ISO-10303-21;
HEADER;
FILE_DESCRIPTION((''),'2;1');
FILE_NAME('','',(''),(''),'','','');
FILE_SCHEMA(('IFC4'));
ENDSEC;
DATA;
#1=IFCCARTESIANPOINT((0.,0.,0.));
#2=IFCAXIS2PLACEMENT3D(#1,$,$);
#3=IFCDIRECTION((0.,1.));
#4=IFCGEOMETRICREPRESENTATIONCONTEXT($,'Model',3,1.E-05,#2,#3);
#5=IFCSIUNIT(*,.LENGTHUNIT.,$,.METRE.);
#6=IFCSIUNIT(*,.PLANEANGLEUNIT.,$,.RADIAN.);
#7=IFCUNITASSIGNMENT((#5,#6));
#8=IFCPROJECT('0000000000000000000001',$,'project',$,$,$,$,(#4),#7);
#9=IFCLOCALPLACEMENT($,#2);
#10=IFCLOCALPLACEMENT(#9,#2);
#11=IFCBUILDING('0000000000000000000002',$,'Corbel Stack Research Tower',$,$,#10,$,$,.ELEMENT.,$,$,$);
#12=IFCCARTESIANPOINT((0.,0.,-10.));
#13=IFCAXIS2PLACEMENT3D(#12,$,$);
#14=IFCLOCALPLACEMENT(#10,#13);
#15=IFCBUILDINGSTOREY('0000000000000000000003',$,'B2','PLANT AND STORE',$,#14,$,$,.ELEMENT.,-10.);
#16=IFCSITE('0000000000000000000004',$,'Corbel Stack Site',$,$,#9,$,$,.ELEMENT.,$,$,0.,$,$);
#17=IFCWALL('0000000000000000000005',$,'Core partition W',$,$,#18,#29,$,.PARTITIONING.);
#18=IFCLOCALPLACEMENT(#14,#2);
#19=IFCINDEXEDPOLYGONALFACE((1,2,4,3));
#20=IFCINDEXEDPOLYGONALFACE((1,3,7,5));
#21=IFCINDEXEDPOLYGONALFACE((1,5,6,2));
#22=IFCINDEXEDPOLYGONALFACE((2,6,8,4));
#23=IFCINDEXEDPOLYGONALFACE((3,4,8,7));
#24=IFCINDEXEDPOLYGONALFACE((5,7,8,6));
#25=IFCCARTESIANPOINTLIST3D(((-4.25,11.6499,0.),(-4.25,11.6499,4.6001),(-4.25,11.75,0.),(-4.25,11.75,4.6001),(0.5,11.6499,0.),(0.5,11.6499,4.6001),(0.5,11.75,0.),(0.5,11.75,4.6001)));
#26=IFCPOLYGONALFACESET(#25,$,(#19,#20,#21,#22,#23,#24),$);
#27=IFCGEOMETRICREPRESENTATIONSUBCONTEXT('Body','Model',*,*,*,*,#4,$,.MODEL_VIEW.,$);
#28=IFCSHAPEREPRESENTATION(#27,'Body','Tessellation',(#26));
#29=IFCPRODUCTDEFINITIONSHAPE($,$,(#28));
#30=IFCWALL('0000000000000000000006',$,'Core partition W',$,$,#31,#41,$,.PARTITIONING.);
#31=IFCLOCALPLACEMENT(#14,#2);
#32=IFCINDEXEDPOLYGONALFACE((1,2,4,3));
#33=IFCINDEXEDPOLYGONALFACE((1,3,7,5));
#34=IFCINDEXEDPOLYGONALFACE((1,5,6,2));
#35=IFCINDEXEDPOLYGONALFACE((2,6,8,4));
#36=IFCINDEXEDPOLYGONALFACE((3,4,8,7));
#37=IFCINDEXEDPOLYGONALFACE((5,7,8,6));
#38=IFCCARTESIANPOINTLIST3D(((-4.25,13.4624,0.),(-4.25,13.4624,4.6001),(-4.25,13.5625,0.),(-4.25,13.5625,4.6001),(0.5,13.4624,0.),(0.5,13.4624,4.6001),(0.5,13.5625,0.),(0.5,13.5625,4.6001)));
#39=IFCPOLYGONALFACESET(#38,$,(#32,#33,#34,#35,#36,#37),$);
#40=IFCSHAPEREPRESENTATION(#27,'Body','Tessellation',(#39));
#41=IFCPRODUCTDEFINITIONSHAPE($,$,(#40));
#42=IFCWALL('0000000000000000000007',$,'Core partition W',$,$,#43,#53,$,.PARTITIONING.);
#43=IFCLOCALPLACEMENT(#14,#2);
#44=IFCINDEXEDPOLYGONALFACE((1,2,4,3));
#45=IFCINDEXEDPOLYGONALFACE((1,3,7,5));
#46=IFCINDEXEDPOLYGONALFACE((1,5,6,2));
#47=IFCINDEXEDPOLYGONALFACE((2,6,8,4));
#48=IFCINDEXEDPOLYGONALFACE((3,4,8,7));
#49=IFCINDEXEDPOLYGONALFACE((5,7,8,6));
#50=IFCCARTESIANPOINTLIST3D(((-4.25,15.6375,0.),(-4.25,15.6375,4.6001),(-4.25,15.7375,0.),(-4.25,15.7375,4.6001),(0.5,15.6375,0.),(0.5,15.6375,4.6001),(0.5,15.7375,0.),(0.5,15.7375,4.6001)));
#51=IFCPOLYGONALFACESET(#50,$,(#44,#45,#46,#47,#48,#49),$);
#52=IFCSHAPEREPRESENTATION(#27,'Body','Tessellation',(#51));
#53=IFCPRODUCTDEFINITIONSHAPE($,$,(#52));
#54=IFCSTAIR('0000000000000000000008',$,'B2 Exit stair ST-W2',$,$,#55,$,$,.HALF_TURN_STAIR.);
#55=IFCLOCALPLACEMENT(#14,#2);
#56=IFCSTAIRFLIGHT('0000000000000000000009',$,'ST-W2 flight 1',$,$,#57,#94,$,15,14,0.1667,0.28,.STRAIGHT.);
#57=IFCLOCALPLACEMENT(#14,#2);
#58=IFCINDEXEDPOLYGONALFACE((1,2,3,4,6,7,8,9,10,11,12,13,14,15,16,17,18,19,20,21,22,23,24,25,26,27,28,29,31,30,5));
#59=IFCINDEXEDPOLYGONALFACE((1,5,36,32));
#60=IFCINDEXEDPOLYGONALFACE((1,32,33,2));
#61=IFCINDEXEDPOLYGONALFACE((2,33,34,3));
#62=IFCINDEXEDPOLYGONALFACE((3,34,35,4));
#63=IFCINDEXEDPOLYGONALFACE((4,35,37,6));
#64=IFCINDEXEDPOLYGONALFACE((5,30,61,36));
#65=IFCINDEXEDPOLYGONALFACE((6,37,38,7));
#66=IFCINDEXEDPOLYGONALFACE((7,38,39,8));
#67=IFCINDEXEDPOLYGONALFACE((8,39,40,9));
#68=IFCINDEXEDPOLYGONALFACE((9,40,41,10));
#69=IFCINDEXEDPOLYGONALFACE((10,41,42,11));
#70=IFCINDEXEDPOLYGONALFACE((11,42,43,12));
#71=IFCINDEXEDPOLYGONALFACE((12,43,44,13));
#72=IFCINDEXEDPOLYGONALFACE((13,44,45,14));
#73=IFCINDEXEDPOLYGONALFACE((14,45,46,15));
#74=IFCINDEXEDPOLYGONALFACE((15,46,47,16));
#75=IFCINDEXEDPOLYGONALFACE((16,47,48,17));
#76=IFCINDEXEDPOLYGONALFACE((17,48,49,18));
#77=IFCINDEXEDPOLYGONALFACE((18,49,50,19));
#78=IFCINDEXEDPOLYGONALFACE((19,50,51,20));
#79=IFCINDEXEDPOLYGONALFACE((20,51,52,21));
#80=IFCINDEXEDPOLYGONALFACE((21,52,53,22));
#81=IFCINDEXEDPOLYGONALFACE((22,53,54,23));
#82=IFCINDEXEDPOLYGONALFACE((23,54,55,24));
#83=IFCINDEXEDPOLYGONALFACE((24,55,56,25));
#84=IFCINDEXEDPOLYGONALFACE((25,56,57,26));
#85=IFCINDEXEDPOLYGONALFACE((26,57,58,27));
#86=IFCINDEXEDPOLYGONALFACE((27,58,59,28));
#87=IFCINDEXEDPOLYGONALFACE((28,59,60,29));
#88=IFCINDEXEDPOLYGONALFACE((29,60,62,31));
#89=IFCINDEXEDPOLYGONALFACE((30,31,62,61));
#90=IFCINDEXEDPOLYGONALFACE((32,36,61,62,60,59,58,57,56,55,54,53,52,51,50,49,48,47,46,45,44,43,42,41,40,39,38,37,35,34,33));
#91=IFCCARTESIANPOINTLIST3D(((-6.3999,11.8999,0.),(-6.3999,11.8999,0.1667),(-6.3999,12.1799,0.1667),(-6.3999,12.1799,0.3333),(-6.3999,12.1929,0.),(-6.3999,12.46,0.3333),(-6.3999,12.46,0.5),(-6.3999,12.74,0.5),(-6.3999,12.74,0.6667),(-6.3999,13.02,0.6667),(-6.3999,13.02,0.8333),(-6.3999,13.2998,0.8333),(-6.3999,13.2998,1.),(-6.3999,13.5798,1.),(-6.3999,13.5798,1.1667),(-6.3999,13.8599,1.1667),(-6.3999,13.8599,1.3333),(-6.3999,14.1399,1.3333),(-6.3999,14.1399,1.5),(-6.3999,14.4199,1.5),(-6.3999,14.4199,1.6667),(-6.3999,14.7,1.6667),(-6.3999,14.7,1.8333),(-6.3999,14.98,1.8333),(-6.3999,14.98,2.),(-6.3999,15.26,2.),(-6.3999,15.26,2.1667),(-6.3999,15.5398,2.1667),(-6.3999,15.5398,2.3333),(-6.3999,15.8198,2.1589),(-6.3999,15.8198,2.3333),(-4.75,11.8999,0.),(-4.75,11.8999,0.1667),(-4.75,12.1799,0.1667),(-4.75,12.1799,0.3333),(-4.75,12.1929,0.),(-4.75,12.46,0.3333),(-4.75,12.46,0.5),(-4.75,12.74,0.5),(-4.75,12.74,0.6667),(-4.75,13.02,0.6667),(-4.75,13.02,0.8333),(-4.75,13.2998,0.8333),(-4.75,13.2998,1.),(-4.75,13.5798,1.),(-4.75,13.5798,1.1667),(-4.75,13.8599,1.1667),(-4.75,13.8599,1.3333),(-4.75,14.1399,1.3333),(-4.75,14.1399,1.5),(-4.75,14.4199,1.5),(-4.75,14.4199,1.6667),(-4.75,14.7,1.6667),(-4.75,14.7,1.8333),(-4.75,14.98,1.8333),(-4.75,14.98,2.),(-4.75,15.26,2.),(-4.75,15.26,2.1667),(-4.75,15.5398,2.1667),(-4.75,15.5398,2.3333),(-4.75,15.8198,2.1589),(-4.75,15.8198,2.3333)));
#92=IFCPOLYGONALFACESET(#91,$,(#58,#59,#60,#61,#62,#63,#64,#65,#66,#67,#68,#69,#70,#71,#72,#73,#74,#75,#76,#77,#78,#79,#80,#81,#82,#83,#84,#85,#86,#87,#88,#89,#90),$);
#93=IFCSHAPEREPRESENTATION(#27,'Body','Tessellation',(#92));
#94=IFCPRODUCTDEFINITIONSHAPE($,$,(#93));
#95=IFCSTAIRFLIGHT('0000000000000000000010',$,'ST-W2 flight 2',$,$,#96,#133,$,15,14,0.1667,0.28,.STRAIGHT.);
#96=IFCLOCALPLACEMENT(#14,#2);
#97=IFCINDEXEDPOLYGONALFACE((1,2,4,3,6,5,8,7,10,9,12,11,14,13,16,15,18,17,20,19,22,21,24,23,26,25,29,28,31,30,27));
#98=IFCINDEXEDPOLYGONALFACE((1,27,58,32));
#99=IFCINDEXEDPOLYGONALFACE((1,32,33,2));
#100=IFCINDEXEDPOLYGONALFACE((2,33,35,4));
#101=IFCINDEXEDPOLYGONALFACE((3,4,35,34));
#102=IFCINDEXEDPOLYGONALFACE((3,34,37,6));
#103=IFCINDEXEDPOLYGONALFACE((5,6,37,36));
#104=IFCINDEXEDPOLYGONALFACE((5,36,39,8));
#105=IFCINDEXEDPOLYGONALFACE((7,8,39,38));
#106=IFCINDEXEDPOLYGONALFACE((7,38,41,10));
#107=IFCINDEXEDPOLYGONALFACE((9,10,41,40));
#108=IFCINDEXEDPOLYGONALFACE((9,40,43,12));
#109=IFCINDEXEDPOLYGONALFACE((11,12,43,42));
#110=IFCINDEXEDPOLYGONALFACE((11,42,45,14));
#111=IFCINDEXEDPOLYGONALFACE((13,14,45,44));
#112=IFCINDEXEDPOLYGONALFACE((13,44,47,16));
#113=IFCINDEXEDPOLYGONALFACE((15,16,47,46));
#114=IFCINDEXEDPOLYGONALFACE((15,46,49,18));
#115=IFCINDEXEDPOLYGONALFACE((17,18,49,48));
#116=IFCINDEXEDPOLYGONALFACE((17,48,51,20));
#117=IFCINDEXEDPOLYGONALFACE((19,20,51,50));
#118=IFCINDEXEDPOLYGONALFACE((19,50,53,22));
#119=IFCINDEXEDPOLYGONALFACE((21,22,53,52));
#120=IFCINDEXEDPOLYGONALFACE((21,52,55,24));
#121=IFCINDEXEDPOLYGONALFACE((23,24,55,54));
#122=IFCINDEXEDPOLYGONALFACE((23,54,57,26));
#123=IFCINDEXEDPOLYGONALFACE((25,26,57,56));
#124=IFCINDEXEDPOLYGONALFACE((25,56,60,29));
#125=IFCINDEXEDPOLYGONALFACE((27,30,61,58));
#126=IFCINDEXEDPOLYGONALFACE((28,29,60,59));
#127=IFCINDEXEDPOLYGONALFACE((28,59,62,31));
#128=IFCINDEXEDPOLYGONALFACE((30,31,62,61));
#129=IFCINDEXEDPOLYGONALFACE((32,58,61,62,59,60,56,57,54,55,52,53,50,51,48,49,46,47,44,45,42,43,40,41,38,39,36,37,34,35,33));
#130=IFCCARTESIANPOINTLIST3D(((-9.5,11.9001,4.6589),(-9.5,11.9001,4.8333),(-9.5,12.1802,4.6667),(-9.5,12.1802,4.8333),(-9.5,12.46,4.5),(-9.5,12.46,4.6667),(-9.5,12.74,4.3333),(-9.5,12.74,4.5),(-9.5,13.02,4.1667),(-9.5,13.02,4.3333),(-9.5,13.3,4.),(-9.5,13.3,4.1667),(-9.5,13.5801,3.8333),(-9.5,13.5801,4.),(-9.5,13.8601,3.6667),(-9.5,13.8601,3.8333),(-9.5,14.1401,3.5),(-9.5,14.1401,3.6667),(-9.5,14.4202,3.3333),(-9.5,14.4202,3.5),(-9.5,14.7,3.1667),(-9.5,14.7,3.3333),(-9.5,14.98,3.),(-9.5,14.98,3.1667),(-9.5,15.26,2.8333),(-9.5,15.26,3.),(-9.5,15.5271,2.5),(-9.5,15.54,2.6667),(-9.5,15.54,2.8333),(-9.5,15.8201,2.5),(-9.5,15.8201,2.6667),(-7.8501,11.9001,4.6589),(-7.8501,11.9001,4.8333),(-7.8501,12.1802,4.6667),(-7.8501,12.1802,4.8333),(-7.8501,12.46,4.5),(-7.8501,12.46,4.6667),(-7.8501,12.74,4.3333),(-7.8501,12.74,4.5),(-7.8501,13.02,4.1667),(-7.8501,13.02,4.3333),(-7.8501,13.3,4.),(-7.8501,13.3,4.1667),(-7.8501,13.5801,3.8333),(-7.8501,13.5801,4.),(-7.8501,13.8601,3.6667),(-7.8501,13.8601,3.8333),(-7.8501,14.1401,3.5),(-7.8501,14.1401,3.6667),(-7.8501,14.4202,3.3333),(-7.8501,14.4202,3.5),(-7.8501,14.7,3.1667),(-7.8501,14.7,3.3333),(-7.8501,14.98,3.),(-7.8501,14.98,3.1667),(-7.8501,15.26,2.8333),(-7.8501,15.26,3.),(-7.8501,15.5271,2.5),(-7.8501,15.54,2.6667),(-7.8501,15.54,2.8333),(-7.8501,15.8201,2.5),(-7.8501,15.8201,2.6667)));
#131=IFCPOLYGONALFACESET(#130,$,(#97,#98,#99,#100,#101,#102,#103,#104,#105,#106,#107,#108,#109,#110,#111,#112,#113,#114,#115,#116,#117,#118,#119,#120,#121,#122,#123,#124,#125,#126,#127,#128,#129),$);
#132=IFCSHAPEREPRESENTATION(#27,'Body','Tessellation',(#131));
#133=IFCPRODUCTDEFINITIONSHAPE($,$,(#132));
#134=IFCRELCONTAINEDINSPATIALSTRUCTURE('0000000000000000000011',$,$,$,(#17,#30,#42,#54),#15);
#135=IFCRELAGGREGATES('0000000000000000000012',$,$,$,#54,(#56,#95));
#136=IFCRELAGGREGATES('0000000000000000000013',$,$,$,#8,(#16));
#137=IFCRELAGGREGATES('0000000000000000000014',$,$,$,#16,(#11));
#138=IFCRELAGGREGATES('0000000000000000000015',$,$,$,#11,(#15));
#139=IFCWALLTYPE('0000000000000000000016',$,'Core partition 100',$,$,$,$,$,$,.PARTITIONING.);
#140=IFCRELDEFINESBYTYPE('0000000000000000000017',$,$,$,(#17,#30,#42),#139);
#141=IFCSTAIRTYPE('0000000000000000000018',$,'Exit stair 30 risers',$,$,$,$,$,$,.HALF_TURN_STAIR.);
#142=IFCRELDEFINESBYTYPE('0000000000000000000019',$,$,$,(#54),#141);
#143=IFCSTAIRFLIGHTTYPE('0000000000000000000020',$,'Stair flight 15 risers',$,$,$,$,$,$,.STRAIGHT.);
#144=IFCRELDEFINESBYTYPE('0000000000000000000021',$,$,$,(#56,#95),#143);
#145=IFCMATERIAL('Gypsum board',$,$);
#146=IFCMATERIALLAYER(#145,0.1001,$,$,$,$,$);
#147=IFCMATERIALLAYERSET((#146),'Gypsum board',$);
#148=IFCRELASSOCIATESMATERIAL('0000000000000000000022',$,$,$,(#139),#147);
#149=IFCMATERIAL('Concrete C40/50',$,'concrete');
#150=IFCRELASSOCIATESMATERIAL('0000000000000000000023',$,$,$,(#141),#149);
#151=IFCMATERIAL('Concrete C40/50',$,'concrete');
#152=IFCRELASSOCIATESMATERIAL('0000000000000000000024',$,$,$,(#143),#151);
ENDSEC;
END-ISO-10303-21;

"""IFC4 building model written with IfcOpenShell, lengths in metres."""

from ifc_helpers import new_model, si_unit, direction, frame, frame_2d, origin, place, context, subcontext, project, spatial, polyline, rectangle, outline, extrude, material, layer, layer_set, type_object, element, aggregate, save


model = new_model("IFC4")

# Units and contexts
model_context = context("Model", 3, precision=1e-05, world=origin(), true_north=direction((0.0, 1.0)))
body_context = subcontext(model_context, "Body", "Model", "MODEL_VIEW")
ifc_project = project(units=[si_unit("LENGTHUNIT", "METRE"), si_unit("PLANEANGLEUNIT", "RADIAN")], contexts=[model_context])

# Site, building, storey
site_placement = place(None, origin())
site = spatial("IfcSite", under=ifc_project, at=site_placement, Name="Corbel Stack Site", CompositionType="ELEMENT", RefElevation=0.0)
building_placement = place(site_placement, origin())
building = spatial("IfcBuilding", under=site, at=building_placement, Name="Corbel Stack Research Tower", CompositionType="ELEMENT")
storey_placement = place(building_placement, frame((0.0, 0.0, -10.0)))
storey = spatial("IfcBuildingStorey", under=building, at=storey_placement, Name="B2", Description="PLANT AND STORE", CompositionType="ELEMENT", Elevation=-10.0)

# Walls
ifc_material_1 = material(Name="Gypsum board")
ifc_layer_1 = layer(ifc_material_1, 0.1001)
ifc_layer_set_1 = layer_set([ifc_layer_1], Name="Gypsum board")
wall_type_1 = type_object("IfcWallType", Name="Core partition 100", PredefinedType="PARTITIONING", material=ifc_layer_set_1)
for number, where, z_axis, x_axis, name in (
    (1, (-4.25, 11.7, 0.0), (0.0, 0.0, 1.0), (1.0, 0.0, 0.0), "Core partition W"),
    (2, (-4.25, 13.5125, 0.0), (0.0, 0.0, 1.0), (1.0, 0.0, 0.0), "Core partition W"),
    (3, (-4.25, 15.6875, 0.0), (0.0, 0.0, 1.0), (1.0, 0.0, 0.0), "Core partition W"),
):
    element("IfcWall", number, at=place(storey_placement, frame(where, z_axis=z_axis, x_axis=x_axis)), inside=storey, type_object=wall_type_1, Name=name, PredefinedType="PARTITIONING", context=body_context, shape_type="SweptSolid", body=[
        extrude(rectangle(XDim=4.75, YDim=0.1001, at=frame_2d((2.375, 0.0))), origin(), (0.0, 0.0, 1.0), 4.6001),
    ])

# Stair, stair flights
ifc_material_2 = material(Name="Concrete C40/50", Category="concrete")
stair_type = type_object("IfcStairType", Name="Exit stair 30 risers", PredefinedType="HALF_TURN_STAIR", material=ifc_material_2)
stair_placement = place(storey_placement, origin())
stair = element("IfcStair", 4, at=stair_placement, inside=storey, type_object=stair_type, Name="B2 Exit stair ST-W2", PredefinedType="HALF_TURN_STAIR")
ifc_material_3 = material(Name="Concrete C40/50", Category="concrete")
stair_flight_type = type_object("IfcStairFlightType", Name="Stair flight 15 risers", PredefinedType="STRAIGHT", material=ifc_material_3)
stair_flight_1_placement = place(storey_placement, frame((-5.575, 11.8999, 0.0), z_axis=(0.0, 0.0, 1.0), x_axis=(0.0, 1.0, 0.0)))
stair_flight_1 = element("IfcStairFlight", 5, at=stair_flight_1_placement, type_object=stair_flight_type, Name="ST-W2 flight 1", NumberOfRisers=15, NumberOfTreads=14, PredefinedType="STRAIGHT", RiserHeight=0.1667, TreadLength=0.28, context=body_context, shape_type="SweptSolid", body=[
    extrude(outline(polyline([(0.0, 0.0), (0.0, 0.1667), (0.28, 0.1667), (0.28, 0.3333), (0.5601, 0.3333), (0.5601, 0.5), (0.8401, 0.5), (0.8401, 0.6667), (1.1201, 0.6667), (1.1201, 0.8333), (1.3999, 0.8333), (1.3999, 1.0), (1.6799, 1.0), (1.6799, 1.1667), (1.96, 1.1667), (1.96, 1.3333), (2.24, 1.3333), (2.24, 1.5), (2.52, 1.5), (2.52, 1.6667), (2.8, 1.6667), (2.8, 1.8333), (3.0801, 1.8333), (3.0801, 2.0), (3.3601, 2.0), (3.3601, 2.1667), (3.6399, 2.1667), (3.6399, 2.3333), (3.9199, 2.3333), (3.9199, 2.5), (3.9199, 2.1589), (0.293, 0.0), (0.0, 0.0)])), frame((0.0, 0.825, 0.0), z_axis=(0.0, -1.0, 0.0), x_axis=(1.0, 0.0, 0.0)), (0.0, 0.0, 1.0), 1.6499),
])
stair_flight_2_placement = place(storey_placement, frame((-8.675, 15.8201, 2.5), z_axis=(0.0, 0.0, 1.0), x_axis=(0.0, -1.0, 0.0)))
stair_flight_2 = element("IfcStairFlight", 6, at=stair_flight_2_placement, type_object=stair_flight_type, Name="ST-W2 flight 2", NumberOfRisers=15, NumberOfTreads=14, PredefinedType="STRAIGHT", RiserHeight=0.1667, TreadLength=0.28, context=body_context, shape_type="SweptSolid", body=[
    extrude(outline(polyline([(0.0, 0.0), (0.0, 0.1667), (0.28, 0.1667), (0.28, 0.3333), (0.5601, 0.3333), (0.5601, 0.5), (0.8401, 0.5), (0.8401, 0.6667), (1.1201, 0.6667), (1.1201, 0.8333), (1.3999, 0.8333), (1.3999, 1.0), (1.6799, 1.0), (1.6799, 1.1667), (1.96, 1.1667), (1.96, 1.3333), (2.24, 1.3333), (2.24, 1.5), (2.52, 1.5), (2.52, 1.6667), (2.8, 1.6667), (2.8, 1.8333), (3.0801, 1.8333), (3.0801, 2.0), (3.3601, 2.0), (3.3601, 2.1667), (3.6399, 2.1667), (3.6399, 2.3333), (3.9199, 2.3333), (3.9199, 2.5), (3.9199, 2.1589), (0.293, 0.0), (0.0, 0.0)])), frame((0.0, 0.825, 0.0), z_axis=(0.0, -1.0, 0.0), x_axis=(1.0, 0.0, 0.0)), (0.0, 0.0, 1.0), 1.6499),
])
aggregate(stair, [stair_flight_1, stair_flight_2])

save(model, "model.ifc")
